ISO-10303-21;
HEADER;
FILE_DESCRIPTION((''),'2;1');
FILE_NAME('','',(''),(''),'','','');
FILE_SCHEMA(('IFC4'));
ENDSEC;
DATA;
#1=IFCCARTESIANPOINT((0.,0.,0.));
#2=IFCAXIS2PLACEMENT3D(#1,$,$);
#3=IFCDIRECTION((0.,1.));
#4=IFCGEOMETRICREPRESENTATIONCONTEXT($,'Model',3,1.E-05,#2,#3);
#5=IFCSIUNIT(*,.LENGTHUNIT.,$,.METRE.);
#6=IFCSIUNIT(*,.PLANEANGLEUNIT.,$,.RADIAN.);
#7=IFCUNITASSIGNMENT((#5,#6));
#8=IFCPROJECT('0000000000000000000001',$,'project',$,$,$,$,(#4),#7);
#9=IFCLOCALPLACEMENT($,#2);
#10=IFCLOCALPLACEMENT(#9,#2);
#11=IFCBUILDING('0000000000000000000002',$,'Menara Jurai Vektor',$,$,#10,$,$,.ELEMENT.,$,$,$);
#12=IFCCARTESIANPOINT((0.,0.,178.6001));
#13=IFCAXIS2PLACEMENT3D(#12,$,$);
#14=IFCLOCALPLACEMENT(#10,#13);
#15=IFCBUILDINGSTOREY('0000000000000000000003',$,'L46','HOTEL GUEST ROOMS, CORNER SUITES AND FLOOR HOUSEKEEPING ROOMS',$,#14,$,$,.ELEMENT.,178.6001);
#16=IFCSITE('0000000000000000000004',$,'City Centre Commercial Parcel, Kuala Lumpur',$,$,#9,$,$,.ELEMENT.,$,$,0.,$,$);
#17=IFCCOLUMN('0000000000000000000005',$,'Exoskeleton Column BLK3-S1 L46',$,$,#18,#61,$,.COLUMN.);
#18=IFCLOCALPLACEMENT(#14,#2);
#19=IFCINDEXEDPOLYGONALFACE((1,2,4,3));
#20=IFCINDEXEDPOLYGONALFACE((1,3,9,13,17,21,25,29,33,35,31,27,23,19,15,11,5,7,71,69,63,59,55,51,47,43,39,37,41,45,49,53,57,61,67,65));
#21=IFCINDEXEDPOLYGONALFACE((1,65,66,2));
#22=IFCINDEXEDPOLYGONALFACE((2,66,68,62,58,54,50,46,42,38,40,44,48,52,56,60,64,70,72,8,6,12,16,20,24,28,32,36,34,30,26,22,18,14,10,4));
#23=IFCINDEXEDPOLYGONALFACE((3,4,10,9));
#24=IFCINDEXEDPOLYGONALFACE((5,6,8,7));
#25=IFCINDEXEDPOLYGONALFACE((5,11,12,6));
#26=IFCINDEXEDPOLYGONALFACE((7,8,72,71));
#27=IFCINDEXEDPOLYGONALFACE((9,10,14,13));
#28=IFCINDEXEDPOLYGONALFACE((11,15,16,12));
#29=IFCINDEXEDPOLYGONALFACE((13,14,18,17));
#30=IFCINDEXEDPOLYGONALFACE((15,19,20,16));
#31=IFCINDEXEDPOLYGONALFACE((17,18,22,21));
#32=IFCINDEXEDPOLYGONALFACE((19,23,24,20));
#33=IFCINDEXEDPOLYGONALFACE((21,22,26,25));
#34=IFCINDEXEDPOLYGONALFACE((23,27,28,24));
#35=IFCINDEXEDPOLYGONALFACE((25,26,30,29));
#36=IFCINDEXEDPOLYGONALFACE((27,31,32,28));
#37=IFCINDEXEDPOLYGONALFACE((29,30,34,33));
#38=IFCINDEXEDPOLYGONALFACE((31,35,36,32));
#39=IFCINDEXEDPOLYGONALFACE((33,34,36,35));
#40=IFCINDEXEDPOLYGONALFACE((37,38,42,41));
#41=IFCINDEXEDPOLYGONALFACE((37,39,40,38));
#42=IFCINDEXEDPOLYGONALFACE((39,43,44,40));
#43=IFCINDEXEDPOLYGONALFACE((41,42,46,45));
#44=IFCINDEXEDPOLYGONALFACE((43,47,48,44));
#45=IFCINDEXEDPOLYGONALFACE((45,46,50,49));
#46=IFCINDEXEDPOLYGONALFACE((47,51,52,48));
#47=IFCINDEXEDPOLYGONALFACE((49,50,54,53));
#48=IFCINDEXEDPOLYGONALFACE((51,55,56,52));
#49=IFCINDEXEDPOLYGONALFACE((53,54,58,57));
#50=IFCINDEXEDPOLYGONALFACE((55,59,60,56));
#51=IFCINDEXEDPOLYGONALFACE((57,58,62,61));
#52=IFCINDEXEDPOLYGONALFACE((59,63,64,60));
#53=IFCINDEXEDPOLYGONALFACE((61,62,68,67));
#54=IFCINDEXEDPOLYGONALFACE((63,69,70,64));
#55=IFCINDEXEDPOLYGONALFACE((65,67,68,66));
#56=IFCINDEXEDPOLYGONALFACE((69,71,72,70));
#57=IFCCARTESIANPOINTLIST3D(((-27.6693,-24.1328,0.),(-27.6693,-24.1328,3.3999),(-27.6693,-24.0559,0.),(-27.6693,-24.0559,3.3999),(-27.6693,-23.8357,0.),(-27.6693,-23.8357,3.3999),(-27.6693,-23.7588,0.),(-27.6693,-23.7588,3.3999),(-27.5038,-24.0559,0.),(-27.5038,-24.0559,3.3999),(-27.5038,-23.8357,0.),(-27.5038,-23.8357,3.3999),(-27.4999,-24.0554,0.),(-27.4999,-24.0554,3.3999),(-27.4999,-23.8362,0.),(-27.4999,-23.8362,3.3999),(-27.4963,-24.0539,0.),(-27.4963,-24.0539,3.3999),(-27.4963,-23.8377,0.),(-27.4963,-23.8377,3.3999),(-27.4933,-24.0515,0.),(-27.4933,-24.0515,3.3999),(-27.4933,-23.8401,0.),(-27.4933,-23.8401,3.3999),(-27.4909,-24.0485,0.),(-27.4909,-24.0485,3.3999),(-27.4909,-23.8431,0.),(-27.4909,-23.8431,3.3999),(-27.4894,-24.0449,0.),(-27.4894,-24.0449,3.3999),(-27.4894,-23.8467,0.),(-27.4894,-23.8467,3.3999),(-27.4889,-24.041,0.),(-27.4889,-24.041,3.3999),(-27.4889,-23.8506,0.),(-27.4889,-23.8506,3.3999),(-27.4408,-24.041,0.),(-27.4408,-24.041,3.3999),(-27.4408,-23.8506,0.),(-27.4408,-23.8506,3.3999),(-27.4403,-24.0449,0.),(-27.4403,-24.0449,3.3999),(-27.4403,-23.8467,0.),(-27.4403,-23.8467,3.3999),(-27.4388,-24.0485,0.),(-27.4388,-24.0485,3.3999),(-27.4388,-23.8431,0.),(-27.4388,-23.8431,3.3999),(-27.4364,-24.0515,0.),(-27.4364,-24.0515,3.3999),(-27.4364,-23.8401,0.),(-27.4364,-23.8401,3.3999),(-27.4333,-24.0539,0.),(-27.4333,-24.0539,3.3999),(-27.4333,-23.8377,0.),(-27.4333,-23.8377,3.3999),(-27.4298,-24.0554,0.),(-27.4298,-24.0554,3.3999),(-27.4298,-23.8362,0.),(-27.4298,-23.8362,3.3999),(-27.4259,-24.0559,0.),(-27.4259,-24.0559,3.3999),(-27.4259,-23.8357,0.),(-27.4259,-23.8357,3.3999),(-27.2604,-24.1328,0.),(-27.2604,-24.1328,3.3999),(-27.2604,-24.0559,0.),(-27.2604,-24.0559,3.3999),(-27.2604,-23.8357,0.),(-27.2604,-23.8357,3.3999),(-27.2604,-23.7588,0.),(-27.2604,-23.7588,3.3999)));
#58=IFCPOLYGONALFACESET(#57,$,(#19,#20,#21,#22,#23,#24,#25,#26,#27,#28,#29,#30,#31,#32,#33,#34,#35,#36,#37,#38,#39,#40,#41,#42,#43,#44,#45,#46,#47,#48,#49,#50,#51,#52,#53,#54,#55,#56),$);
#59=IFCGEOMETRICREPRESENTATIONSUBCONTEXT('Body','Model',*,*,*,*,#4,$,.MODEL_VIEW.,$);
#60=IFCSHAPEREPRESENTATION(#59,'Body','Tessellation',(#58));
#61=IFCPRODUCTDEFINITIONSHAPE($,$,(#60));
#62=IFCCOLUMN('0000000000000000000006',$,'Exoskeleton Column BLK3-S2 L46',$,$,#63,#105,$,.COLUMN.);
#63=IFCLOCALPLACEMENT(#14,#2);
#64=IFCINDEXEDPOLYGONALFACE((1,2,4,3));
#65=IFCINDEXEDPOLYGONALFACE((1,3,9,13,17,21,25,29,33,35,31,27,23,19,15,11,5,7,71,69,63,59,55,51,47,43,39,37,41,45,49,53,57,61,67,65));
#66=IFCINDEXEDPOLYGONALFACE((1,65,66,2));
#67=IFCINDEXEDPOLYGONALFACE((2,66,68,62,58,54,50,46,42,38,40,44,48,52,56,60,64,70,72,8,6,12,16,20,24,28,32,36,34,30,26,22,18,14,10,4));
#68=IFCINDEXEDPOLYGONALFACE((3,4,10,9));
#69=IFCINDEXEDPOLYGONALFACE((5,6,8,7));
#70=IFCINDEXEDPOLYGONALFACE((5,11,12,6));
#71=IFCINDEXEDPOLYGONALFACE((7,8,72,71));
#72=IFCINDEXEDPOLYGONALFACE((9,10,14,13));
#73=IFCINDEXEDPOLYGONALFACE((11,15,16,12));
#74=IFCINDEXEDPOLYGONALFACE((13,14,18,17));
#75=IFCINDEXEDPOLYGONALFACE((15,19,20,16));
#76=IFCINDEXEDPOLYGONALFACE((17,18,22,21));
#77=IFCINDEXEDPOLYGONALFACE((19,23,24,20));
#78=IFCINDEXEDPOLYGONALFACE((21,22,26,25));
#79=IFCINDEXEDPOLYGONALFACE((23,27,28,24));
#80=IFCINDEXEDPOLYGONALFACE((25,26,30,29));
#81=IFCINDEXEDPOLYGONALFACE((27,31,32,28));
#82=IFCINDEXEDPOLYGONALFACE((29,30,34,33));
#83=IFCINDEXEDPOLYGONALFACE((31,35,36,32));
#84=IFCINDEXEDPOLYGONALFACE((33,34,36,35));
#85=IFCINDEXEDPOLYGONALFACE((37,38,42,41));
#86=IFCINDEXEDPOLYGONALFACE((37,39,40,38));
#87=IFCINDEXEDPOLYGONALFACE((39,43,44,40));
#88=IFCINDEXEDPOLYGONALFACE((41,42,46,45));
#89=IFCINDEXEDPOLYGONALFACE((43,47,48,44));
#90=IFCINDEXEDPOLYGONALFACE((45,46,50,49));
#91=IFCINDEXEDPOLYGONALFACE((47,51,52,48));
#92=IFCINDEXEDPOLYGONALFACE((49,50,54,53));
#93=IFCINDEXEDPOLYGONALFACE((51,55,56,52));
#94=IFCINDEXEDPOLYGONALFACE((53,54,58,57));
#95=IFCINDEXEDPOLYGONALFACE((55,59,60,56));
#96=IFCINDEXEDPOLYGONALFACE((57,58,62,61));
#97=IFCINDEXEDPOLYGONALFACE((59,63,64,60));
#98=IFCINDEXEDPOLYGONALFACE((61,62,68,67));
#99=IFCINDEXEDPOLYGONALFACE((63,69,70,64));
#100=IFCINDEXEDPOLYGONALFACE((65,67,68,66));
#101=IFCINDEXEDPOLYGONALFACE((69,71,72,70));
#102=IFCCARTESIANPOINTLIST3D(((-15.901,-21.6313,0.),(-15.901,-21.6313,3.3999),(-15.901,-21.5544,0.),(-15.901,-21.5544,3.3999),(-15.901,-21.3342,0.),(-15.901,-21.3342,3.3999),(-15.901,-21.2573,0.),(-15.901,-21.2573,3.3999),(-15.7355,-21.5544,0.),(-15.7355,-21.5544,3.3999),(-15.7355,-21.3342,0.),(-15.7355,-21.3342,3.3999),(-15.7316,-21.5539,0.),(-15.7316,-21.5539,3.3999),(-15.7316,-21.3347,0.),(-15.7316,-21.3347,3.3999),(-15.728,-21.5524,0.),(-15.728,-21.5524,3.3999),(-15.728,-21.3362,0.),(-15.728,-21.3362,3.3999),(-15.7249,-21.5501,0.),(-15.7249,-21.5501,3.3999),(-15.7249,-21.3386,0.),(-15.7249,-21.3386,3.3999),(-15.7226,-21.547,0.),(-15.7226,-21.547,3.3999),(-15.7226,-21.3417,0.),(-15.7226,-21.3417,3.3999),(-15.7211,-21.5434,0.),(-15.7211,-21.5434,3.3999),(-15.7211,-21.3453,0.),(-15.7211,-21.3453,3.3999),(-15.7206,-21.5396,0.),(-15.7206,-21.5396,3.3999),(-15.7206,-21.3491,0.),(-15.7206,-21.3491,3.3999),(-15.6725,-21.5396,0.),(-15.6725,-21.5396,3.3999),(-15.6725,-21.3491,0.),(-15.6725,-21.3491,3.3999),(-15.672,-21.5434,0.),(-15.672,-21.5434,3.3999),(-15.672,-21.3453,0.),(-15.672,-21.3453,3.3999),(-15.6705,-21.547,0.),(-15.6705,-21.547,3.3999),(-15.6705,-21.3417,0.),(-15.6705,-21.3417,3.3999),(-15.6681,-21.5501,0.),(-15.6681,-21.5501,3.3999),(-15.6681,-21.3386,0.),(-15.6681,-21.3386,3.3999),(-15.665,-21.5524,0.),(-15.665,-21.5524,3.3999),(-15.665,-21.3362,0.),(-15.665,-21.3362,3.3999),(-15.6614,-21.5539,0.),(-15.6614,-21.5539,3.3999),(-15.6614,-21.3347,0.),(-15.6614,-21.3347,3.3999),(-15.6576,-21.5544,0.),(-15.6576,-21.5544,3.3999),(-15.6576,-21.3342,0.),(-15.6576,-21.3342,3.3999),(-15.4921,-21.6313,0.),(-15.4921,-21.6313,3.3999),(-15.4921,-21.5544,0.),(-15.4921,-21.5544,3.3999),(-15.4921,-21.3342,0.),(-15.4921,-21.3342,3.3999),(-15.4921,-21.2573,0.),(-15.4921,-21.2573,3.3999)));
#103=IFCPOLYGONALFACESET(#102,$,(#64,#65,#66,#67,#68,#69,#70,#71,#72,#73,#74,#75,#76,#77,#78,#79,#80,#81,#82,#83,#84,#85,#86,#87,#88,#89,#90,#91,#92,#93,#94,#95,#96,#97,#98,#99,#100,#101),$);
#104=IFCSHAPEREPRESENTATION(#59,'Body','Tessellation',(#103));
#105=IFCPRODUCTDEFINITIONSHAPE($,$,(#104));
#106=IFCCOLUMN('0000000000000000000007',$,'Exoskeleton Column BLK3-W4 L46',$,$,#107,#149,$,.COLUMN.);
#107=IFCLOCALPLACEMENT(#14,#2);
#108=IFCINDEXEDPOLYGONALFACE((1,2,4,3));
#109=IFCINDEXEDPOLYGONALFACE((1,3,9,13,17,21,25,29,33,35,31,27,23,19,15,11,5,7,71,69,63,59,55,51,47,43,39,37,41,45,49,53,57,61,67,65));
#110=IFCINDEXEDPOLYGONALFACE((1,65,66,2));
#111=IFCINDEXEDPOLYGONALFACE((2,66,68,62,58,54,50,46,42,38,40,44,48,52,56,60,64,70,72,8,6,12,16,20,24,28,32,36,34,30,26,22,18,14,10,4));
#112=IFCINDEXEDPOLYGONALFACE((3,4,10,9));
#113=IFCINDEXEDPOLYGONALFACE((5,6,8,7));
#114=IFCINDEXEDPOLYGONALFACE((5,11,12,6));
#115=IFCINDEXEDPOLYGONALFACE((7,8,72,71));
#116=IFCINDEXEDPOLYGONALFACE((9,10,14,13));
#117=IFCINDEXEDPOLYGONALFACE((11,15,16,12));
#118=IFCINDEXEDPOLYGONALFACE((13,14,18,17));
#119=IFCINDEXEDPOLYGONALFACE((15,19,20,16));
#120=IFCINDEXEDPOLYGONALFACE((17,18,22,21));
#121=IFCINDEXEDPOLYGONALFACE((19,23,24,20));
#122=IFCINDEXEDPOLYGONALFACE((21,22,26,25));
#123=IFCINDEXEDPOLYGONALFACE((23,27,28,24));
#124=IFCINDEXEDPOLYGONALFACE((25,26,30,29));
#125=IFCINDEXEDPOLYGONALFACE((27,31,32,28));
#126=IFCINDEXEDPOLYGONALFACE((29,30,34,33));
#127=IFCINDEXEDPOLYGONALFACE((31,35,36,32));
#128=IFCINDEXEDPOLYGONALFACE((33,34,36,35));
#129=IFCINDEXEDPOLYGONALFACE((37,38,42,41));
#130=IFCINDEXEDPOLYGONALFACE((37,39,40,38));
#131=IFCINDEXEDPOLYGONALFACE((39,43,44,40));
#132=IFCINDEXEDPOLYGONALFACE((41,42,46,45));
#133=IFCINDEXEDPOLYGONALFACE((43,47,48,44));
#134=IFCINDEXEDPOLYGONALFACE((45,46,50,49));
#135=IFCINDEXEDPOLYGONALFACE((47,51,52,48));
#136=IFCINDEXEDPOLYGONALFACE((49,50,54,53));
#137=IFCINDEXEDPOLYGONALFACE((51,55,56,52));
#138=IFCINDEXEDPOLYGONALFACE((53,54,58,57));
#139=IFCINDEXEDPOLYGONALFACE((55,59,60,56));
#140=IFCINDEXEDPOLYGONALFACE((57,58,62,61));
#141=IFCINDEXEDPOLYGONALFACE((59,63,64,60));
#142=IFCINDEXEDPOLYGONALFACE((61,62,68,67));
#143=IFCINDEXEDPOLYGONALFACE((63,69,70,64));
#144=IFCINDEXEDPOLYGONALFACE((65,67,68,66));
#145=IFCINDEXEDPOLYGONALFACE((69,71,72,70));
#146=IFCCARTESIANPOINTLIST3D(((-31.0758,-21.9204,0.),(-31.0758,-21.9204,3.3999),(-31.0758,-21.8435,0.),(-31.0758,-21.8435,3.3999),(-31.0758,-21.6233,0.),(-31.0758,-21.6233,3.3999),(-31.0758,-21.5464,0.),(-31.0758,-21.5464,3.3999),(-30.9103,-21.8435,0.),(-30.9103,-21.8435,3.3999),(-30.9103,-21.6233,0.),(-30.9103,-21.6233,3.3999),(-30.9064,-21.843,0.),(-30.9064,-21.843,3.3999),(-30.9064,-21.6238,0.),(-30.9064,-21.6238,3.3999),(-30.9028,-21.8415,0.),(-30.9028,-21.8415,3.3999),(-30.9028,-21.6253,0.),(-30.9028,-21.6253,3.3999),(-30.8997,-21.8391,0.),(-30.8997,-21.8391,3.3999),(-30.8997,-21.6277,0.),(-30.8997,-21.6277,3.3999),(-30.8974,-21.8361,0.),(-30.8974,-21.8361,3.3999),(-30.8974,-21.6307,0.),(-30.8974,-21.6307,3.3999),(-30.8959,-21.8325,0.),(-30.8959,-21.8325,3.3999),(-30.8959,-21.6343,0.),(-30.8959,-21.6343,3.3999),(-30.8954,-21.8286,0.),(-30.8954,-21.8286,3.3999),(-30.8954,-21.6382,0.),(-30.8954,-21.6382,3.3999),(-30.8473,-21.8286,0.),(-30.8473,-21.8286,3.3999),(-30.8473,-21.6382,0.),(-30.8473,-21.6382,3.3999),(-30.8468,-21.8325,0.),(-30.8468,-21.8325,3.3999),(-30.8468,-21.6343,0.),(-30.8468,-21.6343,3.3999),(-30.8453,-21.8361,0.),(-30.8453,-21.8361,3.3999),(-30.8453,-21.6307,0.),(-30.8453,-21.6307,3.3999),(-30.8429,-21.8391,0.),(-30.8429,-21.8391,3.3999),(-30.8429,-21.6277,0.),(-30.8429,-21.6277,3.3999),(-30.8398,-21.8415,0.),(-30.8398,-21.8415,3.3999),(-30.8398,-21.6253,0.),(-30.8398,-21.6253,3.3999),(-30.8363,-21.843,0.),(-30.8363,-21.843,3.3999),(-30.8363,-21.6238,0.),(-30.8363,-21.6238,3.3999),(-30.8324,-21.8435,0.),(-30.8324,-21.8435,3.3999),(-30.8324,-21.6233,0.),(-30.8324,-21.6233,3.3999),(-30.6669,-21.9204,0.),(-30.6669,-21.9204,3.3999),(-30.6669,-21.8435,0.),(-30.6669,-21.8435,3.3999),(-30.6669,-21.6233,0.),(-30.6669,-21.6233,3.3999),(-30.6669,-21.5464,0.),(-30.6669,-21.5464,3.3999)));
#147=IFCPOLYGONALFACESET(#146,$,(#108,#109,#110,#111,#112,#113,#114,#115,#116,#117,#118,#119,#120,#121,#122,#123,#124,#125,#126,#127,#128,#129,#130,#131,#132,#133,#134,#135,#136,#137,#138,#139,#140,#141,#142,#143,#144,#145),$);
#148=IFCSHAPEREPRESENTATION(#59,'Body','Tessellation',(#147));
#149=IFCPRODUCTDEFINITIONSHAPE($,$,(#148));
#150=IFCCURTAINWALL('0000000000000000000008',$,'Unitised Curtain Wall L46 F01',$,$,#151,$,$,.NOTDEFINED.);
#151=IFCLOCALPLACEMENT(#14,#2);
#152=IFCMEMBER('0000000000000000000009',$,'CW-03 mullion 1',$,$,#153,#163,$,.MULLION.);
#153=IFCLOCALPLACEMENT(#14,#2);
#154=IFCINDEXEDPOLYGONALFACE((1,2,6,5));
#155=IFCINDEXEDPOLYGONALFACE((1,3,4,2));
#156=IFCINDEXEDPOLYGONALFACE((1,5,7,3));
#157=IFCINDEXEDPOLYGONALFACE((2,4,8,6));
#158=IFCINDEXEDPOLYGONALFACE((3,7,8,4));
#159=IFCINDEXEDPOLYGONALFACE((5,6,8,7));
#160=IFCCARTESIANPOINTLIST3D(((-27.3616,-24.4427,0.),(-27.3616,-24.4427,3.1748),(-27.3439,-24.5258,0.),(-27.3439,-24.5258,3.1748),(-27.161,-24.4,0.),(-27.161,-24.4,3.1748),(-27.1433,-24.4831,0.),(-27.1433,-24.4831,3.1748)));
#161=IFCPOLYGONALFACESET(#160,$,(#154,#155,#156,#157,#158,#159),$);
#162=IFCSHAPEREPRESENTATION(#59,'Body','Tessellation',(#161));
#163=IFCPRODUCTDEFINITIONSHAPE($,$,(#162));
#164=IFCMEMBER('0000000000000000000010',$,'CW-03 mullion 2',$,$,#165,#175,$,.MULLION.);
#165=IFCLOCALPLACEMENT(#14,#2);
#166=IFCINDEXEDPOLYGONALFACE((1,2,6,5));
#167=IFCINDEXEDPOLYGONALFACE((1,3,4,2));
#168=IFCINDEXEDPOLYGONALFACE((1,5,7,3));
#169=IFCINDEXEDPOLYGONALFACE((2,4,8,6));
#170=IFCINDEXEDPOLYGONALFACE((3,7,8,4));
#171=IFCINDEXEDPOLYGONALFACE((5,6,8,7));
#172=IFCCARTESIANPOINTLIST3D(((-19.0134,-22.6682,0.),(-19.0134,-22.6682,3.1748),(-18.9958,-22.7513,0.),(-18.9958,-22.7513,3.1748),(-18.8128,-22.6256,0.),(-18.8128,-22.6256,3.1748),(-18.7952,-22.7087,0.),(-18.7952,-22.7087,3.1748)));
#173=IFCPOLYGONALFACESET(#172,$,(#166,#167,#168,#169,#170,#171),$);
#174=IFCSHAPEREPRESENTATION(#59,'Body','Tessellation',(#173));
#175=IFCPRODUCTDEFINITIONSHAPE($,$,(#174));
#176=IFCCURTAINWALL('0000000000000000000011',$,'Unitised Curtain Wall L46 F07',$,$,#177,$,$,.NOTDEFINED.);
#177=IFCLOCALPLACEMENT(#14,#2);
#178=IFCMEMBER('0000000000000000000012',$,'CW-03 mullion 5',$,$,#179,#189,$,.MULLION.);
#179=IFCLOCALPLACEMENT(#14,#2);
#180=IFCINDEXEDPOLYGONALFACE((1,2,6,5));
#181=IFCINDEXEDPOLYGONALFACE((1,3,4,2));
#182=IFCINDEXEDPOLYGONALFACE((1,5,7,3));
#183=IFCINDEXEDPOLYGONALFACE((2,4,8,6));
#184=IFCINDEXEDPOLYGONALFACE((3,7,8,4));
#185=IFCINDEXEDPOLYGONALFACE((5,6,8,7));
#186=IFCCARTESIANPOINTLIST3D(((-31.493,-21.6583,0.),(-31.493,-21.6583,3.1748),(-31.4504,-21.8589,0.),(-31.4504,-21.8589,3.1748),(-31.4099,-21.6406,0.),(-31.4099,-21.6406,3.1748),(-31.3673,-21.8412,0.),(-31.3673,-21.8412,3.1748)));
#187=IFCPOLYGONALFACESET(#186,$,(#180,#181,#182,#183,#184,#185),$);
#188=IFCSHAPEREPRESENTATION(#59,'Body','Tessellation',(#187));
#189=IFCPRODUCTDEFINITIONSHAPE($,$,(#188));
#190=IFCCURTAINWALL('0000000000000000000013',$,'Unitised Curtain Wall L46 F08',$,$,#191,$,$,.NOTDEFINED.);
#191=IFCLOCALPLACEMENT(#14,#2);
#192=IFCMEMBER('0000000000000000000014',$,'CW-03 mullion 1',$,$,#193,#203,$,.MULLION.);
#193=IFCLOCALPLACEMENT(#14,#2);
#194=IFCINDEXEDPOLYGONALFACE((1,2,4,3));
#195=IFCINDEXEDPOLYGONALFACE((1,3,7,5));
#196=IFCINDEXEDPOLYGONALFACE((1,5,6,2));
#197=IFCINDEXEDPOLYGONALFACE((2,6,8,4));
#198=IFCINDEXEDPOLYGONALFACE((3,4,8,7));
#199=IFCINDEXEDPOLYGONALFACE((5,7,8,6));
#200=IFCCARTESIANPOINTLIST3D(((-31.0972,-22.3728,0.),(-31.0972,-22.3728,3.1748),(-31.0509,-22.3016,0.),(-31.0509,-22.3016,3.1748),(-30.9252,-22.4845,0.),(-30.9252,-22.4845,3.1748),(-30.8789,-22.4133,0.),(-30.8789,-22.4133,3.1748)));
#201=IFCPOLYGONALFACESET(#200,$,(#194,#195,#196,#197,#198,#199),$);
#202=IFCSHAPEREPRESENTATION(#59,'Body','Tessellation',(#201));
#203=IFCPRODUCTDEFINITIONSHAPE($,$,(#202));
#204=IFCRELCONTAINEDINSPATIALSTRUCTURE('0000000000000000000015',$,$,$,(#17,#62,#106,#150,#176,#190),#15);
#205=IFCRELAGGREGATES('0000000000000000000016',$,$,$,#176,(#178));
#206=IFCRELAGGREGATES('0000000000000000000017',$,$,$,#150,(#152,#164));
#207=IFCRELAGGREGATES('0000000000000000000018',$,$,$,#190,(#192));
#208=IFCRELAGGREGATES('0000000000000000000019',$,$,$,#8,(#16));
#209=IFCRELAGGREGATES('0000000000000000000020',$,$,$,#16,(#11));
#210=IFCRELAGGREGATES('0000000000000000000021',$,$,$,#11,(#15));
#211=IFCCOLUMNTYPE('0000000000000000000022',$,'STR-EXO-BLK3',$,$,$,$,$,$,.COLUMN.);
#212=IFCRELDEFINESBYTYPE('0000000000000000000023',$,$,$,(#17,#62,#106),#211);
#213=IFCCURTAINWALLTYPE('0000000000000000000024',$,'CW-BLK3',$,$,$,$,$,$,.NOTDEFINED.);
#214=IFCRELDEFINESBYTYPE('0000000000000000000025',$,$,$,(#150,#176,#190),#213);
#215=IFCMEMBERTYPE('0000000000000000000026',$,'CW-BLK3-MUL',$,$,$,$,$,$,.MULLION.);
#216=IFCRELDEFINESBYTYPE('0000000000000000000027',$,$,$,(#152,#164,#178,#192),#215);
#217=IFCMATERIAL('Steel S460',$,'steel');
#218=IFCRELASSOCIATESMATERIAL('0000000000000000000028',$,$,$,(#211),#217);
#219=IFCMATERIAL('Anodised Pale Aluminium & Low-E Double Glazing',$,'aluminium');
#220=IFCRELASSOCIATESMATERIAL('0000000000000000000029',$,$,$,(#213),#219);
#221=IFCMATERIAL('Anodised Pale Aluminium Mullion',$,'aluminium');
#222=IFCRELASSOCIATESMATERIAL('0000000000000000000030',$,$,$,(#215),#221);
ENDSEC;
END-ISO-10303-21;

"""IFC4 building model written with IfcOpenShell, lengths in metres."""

from ifc_helpers import new_model, si_unit, direction, frame, origin, origin_2d, place, context, subcontext, project, spatial, rectangle, i_section, extrude, material, material_profile, profile_set, type_object, element, aggregate, save


model = new_model("IFC4")

# Units and contexts
model_context = context("Model", 3, precision=1e-05, world=origin(), true_north=direction((0.0, 1.0)))
body_context = subcontext(model_context, "Body", "Model", "MODEL_VIEW")
ifc_project = project(units=[si_unit("LENGTHUNIT", "METRE"), si_unit("PLANEANGLEUNIT", "RADIAN")], contexts=[model_context])

# Site, building, storey
site_placement = place(None, origin())
site = spatial("IfcSite", under=ifc_project, at=site_placement, Name="City Centre Commercial Parcel, Kuala Lumpur", CompositionType="ELEMENT", RefElevation=0.0)
building_placement = place(site_placement, origin())
building = spatial("IfcBuilding", under=site, at=building_placement, Name="Menara Jurai Vektor", CompositionType="ELEMENT")
storey_placement = place(building_placement, frame((0.0, 0.0, 178.6001)))
storey = spatial("IfcBuildingStorey", under=building, at=storey_placement, Name="L46", Description="HOTEL GUEST ROOMS, CORNER SUITES AND FLOOR HOUSEKEEPING ROOMS", CompositionType="ELEMENT", Elevation=178.6001)

# Columns
ifc_material_1 = material(Name="Steel S460", Category="steel")
ifc_material_profile_1 = material_profile(ifc_material_1, i_section(OverallWidth=0.4089, OverallDepth=0.374, WebThickness=0.0481, FlangeThickness=0.0769, FilletRadius=0.0149, at=origin_2d()), Name="HD 400x634")
ifc_profile_set_1 = profile_set([ifc_material_profile_1], Name="Steel S460")
column_type = type_object("IfcColumnType", Name="STR-EXO-BLK3", PredefinedType="COLUMN", material=ifc_profile_set_1)
for number, where, z_axis, x_axis, name in (
    (1, (-27.4648, -23.9458, 0.0), (0.0, 0.0, 1.0), (1.0, 0.0, 0.0), "Exoskeleton Column BLK3-S1 L46"),
    (2, (-15.6965, -21.4443, 0.0), (0.0, 0.0, 1.0), (1.0, 0.0, 0.0), "Exoskeleton Column BLK3-S2 L46"),
    (3, (-30.8713, -21.7334, 0.0), (0.0, 0.0, 1.0), (1.0, 0.0, 0.0), "Exoskeleton Column BLK3-W4 L46"),
):
    element("IfcColumn", number, at=place(storey_placement, frame(where, z_axis=z_axis, x_axis=x_axis)), inside=storey, type_object=column_type, Name=name, PredefinedType="COLUMN", context=body_context, shape_type="SweptSolid", body=[
        extrude(i_section(OverallWidth=0.4089, OverallDepth=0.374, WebThickness=0.0481, FlangeThickness=0.0769, FilletRadius=0.0149, at=origin_2d()), origin(), (0.0, 0.0, 1.0), 3.3999),
    ])

# Curtain wall, members
ifc_material_2 = material(Name="Anodised Pale Aluminium & Low-E Double Glazing", Category="aluminium")
curtain_wall_type = type_object("IfcCurtainWallType", Name="CW-BLK3", PredefinedType="NOTDEFINED", material=ifc_material_2)
curtain_wall_1_placement = place(storey_placement, origin())
curtain_wall_1 = element("IfcCurtainWall", 4, at=curtain_wall_1_placement, inside=storey, type_object=curtain_wall_type, Name="Unitised Curtain Wall L46 F01", PredefinedType="NOTDEFINED")
ifc_material_3 = material(Name="Anodised Pale Aluminium Mullion", Category="aluminium")
ifc_material_profile_2 = material_profile(ifc_material_3, rectangle(XDim=0.085, YDim=0.2051, at=origin_2d()), Name="ALU MUL 85x205")
ifc_profile_set_2 = profile_set([ifc_material_profile_2], Name="Anodised Pale Aluminium Mullion")
member_type_1 = type_object("IfcMemberType", Name="CW-BLK3-MUL", PredefinedType="MULLION", material=ifc_profile_set_2)
member_1_placement = place(storey_placement, frame((-27.2524, -24.4629, 0.0), z_axis=(0.0, 0.0, 1.0), x_axis=(-0.207911, 0.978148, 0.0)))
member_1 = element("IfcMember", 5, at=member_1_placement, type_object=member_type_1, Name="CW-03 mullion 1", PredefinedType="MULLION", context=body_context, shape_type="SweptSolid", body=[
    extrude(rectangle(XDim=0.085, YDim=0.2051, at=origin_2d()), origin(), (0.0, 0.0, 1.0), 3.1748),
])
member_2_placement = place(storey_placement, frame((-18.9043, -22.6885, 0.0), z_axis=(0.0, 0.0, 1.0), x_axis=(-0.207911, 0.978148, 0.0)))
member_2 = element("IfcMember", 6, at=member_2_placement, type_object=member_type_1, Name="CW-03 mullion 2", PredefinedType="MULLION", context=body_context, shape_type="SweptSolid", body=[
    extrude(rectangle(XDim=0.085, YDim=0.2051, at=origin_2d()), origin(), (0.0, 0.0, 1.0), 3.1748),
])

# Curtain wall, member
curtain_wall_2_placement = place(storey_placement, origin())
curtain_wall_2 = element("IfcCurtainWall", 7, at=curtain_wall_2_placement, inside=storey, type_object=curtain_wall_type, Name="Unitised Curtain Wall L46 F07", PredefinedType="NOTDEFINED")
member_3_placement = place(storey_placement, frame((-31.4302, -21.7498, 0.0), z_axis=(0.0, 0.0, 1.0), x_axis=(0.978148, 0.20791, 0.0)))
member_3 = element("IfcMember", 8, at=member_3_placement, type_object=member_type_1, Name="CW-03 mullion 5", PredefinedType="MULLION", context=body_context, shape_type="SweptSolid", body=[
    extrude(rectangle(XDim=0.085, YDim=0.2051, at=origin_2d()), origin(), (0.0, 0.0, 1.0), 3.1748),
])
aggregate(curtain_wall_2, [member_3])

# Curtain wall, member
curtain_wall_3_placement = place(storey_placement, origin())
curtain_wall_3 = element("IfcCurtainWall", 9, at=curtain_wall_3_placement, inside=storey, type_object=curtain_wall_type, Name="Unitised Curtain Wall L46 F08", PredefinedType="NOTDEFINED")
member_4_placement = place(storey_placement, frame((-30.988, -22.3931, 0.0), z_axis=(0.0, 0.0, 1.0), x_axis=(0.544618, 0.838684, 0.0)))
member_4 = element("IfcMember", 10, at=member_4_placement, type_object=member_type_1, Name="CW-03 mullion 1", PredefinedType="MULLION", context=body_context, shape_type="SweptSolid", body=[
    extrude(rectangle(XDim=0.085, YDim=0.2051, at=origin_2d()), origin(), (0.0, 0.0, 1.0), 3.1748),
])

aggregate(curtain_wall_1, [member_1, member_2])
aggregate(curtain_wall_3, [member_4])

save(model, "model.ifc")
